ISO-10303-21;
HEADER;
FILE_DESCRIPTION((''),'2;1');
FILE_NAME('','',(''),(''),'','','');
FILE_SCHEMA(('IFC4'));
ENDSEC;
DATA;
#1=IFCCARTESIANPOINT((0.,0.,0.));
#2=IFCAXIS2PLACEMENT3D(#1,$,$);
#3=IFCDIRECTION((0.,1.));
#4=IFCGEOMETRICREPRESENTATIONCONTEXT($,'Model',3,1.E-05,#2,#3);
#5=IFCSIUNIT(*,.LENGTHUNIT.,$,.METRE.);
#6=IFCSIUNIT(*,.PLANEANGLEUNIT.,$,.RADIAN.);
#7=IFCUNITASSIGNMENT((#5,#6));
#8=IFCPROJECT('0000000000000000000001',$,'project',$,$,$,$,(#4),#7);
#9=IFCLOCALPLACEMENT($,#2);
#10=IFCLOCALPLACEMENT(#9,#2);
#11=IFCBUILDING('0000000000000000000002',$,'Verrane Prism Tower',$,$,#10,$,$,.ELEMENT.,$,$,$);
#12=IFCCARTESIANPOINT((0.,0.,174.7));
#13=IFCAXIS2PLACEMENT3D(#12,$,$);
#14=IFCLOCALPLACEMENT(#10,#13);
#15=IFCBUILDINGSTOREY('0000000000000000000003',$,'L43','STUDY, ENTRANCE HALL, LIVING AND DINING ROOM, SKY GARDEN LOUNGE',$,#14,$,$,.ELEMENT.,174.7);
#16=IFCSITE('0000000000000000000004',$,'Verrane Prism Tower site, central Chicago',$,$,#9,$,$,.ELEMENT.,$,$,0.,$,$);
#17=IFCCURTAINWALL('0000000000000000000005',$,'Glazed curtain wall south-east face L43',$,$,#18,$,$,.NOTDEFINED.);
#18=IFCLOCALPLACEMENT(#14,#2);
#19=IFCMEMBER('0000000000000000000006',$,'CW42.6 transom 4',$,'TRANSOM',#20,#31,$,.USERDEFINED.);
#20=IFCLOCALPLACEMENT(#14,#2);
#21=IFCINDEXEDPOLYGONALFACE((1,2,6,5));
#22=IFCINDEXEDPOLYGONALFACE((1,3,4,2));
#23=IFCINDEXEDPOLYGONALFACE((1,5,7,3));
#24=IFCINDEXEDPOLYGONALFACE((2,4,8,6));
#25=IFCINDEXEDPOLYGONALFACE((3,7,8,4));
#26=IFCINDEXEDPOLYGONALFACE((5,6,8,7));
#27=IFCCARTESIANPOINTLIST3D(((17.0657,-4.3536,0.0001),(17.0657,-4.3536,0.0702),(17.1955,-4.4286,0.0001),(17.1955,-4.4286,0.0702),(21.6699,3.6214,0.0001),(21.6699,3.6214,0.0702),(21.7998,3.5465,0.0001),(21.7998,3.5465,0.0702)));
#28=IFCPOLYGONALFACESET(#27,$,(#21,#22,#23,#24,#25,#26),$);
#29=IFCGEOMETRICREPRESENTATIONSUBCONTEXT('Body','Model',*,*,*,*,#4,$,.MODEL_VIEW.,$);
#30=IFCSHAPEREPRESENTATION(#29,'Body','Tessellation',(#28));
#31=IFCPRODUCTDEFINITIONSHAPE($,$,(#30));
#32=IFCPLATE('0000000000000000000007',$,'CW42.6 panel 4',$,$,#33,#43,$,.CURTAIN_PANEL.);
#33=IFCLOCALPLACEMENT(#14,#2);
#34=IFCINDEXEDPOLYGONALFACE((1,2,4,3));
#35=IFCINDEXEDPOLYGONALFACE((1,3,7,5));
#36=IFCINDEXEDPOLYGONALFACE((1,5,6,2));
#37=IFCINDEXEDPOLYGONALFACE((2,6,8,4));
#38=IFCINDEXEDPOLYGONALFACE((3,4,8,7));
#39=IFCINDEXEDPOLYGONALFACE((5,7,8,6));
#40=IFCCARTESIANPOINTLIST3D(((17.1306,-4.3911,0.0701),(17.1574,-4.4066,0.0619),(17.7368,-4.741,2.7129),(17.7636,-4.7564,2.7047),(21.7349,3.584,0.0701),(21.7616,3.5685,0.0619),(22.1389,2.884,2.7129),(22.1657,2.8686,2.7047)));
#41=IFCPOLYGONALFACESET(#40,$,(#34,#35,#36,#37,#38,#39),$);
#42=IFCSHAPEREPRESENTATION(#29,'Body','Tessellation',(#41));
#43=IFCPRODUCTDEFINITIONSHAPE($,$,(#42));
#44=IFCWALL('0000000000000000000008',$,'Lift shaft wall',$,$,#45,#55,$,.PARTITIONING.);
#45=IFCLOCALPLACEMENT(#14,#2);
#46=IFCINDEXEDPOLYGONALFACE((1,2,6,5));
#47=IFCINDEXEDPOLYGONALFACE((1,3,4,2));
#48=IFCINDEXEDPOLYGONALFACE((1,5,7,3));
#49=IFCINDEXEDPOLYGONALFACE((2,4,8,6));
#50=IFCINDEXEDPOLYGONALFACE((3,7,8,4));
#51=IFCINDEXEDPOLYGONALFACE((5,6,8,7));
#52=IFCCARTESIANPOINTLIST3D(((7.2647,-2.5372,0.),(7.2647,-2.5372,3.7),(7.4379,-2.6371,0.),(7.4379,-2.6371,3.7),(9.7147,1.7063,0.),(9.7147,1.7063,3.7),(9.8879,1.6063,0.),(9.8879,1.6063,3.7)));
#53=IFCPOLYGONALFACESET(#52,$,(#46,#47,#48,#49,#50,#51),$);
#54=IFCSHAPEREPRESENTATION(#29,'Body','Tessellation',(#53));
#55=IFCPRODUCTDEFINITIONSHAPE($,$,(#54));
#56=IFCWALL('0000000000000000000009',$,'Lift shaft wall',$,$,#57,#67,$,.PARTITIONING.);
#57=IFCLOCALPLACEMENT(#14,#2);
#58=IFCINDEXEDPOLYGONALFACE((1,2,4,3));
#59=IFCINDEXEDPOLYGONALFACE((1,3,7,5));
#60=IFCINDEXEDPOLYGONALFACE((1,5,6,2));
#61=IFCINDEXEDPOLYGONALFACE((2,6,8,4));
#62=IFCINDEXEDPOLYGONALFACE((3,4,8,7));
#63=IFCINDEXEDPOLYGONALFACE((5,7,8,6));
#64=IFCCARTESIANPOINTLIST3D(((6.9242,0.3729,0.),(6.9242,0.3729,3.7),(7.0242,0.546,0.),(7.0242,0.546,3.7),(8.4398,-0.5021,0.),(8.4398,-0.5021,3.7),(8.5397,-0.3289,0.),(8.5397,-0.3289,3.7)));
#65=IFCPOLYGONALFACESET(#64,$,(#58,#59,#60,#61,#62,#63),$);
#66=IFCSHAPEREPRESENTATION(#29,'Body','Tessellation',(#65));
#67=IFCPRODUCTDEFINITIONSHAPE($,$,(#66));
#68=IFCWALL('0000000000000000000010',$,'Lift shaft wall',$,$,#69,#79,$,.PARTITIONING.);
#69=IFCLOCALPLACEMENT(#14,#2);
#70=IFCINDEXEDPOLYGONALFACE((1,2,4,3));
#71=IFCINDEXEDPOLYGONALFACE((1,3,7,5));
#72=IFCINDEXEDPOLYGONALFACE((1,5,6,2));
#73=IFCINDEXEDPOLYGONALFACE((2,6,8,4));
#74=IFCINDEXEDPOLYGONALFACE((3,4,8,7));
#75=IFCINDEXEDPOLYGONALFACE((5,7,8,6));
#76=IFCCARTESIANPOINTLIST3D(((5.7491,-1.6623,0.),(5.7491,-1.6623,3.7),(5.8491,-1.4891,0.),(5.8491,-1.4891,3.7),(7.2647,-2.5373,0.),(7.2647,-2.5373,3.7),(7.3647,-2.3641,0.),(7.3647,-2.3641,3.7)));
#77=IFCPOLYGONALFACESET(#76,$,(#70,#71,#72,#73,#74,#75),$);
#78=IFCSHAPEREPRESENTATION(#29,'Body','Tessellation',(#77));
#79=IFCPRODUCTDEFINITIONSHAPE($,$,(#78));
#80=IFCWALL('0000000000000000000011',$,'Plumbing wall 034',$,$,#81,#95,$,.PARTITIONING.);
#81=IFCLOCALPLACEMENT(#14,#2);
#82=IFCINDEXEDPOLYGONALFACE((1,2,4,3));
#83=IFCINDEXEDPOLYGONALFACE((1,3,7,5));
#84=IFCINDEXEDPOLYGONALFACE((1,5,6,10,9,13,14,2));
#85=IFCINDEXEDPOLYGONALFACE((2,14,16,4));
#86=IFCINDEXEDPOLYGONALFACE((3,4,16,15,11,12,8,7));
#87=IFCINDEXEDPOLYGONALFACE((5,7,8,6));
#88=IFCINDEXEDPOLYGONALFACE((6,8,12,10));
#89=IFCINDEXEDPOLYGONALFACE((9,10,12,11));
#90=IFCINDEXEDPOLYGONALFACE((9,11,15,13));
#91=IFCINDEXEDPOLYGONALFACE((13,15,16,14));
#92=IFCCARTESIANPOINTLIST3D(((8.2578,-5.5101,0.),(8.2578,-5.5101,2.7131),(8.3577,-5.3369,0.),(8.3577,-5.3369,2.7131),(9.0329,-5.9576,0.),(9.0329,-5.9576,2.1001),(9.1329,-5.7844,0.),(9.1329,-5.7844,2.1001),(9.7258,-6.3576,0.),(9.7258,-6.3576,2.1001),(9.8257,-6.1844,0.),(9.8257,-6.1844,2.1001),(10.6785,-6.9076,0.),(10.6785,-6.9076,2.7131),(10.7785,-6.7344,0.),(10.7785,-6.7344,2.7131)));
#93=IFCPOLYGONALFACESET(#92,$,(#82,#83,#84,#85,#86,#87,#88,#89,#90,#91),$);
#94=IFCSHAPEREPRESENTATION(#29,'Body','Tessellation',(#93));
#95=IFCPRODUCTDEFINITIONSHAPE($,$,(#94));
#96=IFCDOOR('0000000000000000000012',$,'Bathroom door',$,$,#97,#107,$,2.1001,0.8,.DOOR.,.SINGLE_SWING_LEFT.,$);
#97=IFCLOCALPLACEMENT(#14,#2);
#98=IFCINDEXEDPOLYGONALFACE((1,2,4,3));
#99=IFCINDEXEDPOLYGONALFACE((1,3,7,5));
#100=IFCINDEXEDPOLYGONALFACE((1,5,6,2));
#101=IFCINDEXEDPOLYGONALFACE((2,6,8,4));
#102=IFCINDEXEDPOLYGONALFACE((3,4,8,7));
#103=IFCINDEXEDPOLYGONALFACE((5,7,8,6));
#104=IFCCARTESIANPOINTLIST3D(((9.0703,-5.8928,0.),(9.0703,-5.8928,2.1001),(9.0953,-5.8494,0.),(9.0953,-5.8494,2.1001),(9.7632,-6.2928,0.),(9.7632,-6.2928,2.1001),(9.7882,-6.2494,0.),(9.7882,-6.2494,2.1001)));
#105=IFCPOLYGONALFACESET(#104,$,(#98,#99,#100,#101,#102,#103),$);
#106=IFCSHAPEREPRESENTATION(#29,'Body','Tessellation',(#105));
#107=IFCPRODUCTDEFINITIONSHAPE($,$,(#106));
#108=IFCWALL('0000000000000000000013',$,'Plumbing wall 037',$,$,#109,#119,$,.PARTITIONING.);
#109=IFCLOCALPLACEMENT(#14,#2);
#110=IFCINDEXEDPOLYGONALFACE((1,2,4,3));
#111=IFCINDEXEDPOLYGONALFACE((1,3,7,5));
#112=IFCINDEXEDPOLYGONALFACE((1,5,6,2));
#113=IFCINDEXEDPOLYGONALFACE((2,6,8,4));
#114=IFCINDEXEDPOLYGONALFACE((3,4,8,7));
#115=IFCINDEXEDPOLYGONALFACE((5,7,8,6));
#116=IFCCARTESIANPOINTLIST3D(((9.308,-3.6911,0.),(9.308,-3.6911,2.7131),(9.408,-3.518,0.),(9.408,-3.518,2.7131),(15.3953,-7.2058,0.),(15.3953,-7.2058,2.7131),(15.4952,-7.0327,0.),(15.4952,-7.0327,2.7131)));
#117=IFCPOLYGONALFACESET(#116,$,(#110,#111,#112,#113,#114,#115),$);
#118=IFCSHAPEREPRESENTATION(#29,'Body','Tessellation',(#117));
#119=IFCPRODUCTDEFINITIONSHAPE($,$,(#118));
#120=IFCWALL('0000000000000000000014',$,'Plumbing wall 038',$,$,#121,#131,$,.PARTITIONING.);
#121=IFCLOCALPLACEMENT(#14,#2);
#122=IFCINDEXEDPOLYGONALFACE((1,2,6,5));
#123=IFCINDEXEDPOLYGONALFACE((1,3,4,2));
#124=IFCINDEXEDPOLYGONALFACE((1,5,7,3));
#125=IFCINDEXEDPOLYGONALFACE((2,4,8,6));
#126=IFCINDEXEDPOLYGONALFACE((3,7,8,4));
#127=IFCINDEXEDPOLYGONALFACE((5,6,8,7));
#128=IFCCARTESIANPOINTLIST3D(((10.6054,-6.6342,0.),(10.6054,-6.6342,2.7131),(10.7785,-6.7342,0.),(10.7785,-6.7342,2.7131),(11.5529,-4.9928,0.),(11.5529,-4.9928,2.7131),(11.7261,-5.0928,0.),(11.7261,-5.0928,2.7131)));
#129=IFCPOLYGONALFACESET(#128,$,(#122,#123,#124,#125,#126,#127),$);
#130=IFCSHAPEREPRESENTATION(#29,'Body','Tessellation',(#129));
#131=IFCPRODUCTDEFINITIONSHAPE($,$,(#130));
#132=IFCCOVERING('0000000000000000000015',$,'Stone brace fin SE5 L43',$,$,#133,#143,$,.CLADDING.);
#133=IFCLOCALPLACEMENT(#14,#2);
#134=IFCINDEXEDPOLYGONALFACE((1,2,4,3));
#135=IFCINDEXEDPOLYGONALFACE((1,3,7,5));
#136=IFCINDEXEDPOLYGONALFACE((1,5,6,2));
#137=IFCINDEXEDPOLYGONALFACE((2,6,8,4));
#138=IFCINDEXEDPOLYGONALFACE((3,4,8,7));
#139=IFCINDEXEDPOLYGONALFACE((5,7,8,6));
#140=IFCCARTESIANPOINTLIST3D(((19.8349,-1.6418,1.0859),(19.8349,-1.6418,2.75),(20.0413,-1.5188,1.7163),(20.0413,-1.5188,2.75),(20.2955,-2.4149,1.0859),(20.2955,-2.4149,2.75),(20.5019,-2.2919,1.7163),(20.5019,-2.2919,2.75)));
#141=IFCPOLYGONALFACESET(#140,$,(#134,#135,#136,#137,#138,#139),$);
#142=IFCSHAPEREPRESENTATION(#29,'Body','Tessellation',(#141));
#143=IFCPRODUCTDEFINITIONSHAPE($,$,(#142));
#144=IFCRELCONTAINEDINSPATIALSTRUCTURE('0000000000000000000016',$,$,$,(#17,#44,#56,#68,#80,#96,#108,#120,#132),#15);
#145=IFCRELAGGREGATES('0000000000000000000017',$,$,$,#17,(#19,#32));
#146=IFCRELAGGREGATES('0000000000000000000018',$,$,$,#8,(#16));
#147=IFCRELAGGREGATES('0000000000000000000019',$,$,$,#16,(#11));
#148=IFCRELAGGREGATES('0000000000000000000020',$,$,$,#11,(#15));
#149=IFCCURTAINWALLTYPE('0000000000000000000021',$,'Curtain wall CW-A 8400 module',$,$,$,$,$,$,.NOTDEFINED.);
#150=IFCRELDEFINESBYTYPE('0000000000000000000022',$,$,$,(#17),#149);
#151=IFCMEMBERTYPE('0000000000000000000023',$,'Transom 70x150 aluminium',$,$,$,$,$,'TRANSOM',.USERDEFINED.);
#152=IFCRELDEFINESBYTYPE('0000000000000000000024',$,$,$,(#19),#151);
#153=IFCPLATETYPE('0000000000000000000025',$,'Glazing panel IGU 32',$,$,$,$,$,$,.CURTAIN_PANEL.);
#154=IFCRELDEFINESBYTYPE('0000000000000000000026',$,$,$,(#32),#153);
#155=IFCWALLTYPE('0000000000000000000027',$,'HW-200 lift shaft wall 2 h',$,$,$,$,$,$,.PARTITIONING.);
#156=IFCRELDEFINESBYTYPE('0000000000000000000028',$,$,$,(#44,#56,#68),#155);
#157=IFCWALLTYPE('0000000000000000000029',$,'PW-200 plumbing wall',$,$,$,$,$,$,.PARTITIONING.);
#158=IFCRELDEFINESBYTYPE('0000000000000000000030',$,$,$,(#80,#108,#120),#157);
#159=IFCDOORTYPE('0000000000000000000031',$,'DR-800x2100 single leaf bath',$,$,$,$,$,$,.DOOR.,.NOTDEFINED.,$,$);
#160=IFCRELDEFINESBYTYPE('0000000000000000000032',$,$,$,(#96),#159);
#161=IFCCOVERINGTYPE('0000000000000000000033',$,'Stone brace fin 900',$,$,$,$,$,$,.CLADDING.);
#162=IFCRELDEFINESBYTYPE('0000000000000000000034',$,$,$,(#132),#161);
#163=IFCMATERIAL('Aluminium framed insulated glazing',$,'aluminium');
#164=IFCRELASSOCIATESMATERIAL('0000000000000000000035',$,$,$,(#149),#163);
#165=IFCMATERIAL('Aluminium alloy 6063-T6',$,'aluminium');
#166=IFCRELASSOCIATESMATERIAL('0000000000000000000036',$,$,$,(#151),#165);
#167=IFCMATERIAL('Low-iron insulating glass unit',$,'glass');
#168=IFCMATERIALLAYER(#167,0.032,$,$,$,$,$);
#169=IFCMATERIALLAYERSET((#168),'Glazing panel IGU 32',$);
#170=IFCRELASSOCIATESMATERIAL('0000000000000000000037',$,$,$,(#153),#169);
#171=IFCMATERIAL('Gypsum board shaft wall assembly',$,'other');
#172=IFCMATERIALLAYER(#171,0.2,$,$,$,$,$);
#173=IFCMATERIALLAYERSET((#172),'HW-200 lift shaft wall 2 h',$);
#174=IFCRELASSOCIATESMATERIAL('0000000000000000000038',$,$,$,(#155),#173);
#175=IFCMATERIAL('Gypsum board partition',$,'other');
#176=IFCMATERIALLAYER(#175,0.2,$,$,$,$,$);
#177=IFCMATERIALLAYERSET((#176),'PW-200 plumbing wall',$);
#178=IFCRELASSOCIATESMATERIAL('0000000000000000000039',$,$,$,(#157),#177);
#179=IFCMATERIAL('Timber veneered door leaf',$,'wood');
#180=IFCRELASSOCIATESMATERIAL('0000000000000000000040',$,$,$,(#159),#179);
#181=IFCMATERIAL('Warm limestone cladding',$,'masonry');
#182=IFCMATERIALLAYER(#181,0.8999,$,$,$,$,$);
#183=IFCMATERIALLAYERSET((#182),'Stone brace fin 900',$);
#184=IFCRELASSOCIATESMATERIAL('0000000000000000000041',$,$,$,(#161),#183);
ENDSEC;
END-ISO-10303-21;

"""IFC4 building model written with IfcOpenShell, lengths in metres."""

from ifc_helpers import new_model, si_unit, direction, frame, frame_2d, origin, origin_2d, place, context, subcontext, project, spatial, polyline, rectangle, outline, extrude, material, layer, layer_set, material_profile, profile_set, type_object, element, fill, aggregate, save


model = new_model("IFC4")

# Units and contexts
model_context = context("Model", 3, precision=1e-05, world=origin(), true_north=direction((0.0, 1.0)))
body_context = subcontext(model_context, "Body", "Model", "MODEL_VIEW")
ifc_project = project(units=[si_unit("LENGTHUNIT", "METRE"), si_unit("PLANEANGLEUNIT", "RADIAN")], contexts=[model_context])

# Site, building, storey
site_placement = place(None, origin())
site = spatial("IfcSite", under=ifc_project, at=site_placement, Name="Verrane Prism Tower site, central Chicago", CompositionType="ELEMENT", RefElevation=0.0)
building_placement = place(site_placement, origin())
building = spatial("IfcBuilding", under=site, at=building_placement, Name="Verrane Prism Tower", CompositionType="ELEMENT")
storey_placement = place(building_placement, frame((0.0, 0.0, 174.7)))
storey = spatial("IfcBuildingStorey", under=building, at=storey_placement, Name="L43", Description="STUDY, ENTRANCE HALL, LIVING AND DINING ROOM, SKY GARDEN LOUNGE", CompositionType="ELEMENT", Elevation=174.7)

# Curtain wall
ifc_material_1 = material(Name="Aluminium framed insulated glazing", Category="aluminium")
curtain_wall_type = type_object("IfcCurtainWallType", Name="Curtain wall CW-A 8400 module", PredefinedType="NOTDEFINED", material=ifc_material_1)
curtain_wall_placement = place(storey_placement, origin())
curtain_wall = element("IfcCurtainWall", 1, at=curtain_wall_placement, inside=storey, type_object=curtain_wall_type, Name="Glazed curtain wall south-east face L43", PredefinedType="NOTDEFINED")

# Member
ifc_material_2 = material(Name="Aluminium alloy 6063-T6", Category="aluminium")
ifc_material_profile_1 = material_profile(ifc_material_2, rectangle(XDim=0.1499, YDim=0.0701, at=origin_2d()), Name="Transom 70x150 aluminium")
ifc_profile_set_1 = profile_set([ifc_material_profile_1], Name="Aluminium alloy 6063-T6")
member_type_1 = type_object("IfcMemberType", Name="Transom 70x150 aluminium", ElementType="TRANSOM", PredefinedType="USERDEFINED", material=ifc_profile_set_1)
member_1_placement = place(storey_placement, frame((17.1306, -4.3911, 0.0352), z_axis=(0.499986, 0.866034, 0.0), x_axis=(-0.866034, 0.499986, 0.0)))
member_1 = element("IfcMember", 2, at=member_1_placement, type_object=member_type_1, Name="CW42.6 transom 4", ObjectType="TRANSOM", PredefinedType="USERDEFINED", context=body_context, shape_type="SweptSolid", body=[
    extrude(rectangle(XDim=0.1499, YDim=0.0701, at=origin_2d()), origin(), (0.0, 0.0, 1.0), 9.2087),
])

# Plate
ifc_material_3 = material(Name="Low-iron insulating glass unit", Category="glass")
ifc_layer_1 = layer(ifc_material_3, 0.032)
ifc_layer_set_1 = layer_set([ifc_layer_1], Name="Glazing panel IGU 32")
plate_type = type_object("IfcPlateType", Name="Glazing panel IGU 32", PredefinedType="CURTAIN_PANEL", material=ifc_layer_set_1)
plate_placement = place(storey_placement, frame((17.1306, -4.3911, 0.0701), z_axis=(-0.837174, 0.483323, 0.256005), x_axis=(0.499985, 0.866034, 0.0)))
plate = element("IfcPlate", 3, at=plate_placement, type_object=plate_type, Name="CW42.6 panel 4", PredefinedType="CURTAIN_PANEL", context=body_context, shape_type="SweptSolid", body=[
    extrude(outline(polyline([(0.0, 0.0), (9.2088, 0.0), (8.8046, -2.7339), (0.0001, -2.7339), (0.0, 0.0)])), origin(), (0.0, 0.0, -1.0), 0.032),
])
aggregate(curtain_wall, [member_1, plate])

# Walls
ifc_material_4 = material(Name="Gypsum board shaft wall assembly", Category="other")
ifc_layer_2 = layer(ifc_material_4, 0.2)
ifc_layer_set_2 = layer_set([ifc_layer_2], Name="HW-200 lift shaft wall 2 h")
wall_type_1 = type_object("IfcWallType", Name="HW-200 lift shaft wall 2 h", PredefinedType="PARTITIONING", material=ifc_layer_set_2)
wall_1_placement = place(storey_placement, frame((7.3513, -2.5872, 0.0), z_axis=(0.0, 0.0, 1.0), x_axis=(0.500003, 0.866024, 0.0)))
element("IfcWall", 4, at=wall_1_placement, inside=storey, type_object=wall_type_1, Name="Lift shaft wall", PredefinedType="PARTITIONING", context=body_context, shape_type="SweptSolid", body=[
    extrude(rectangle(XDim=4.8999, YDim=0.2, at=frame_2d((2.45, 0.0))), origin(), (0.0, 0.0, 1.0), 3.7),
])
for number, where, z_axis, x_axis, name in (
    (5, (8.4897, -0.4155, 0.0), (0.0, 0.0, 1.0), (-0.866037, 0.49998, 0.0), "Lift shaft wall"),
    (6, (7.3147, -2.4507, 0.0), (0.0, 0.0, 1.0), (-0.866037, 0.49998, 0.0), "Lift shaft wall"),
):
    element("IfcWall", number, at=place(storey_placement, frame(where, z_axis=z_axis, x_axis=x_axis)), inside=storey, type_object=wall_type_1, Name=name, PredefinedType="PARTITIONING", context=body_context, shape_type="SweptSolid", body=[
        extrude(rectangle(XDim=1.75, YDim=0.2, at=frame_2d((0.875, 0.0))), origin(), (0.0, 0.0, 1.0), 3.7),
    ])

# Wall, opening, door
ifc_material_5 = material(Name="Gypsum board partition", Category="other")
ifc_layer_3 = layer(ifc_material_5, 0.2)
ifc_layer_set_3 = layer_set([ifc_layer_3], Name="PW-200 plumbing wall")
wall_type_2 = type_object("IfcWallType", Name="PW-200 plumbing wall", PredefinedType="PARTITIONING", material=ifc_layer_set_3)
wall_2_placement = place(storey_placement, frame((8.3079, -5.4236, 0.0), z_axis=(0.0, 0.0, 1.0), x_axis=(0.866042, -0.499972, 0.0)))
wall_2 = element("IfcWall", 7, at=wall_2_placement, inside=storey, type_object=wall_type_2, Name="Plumbing wall 034", PredefinedType="PARTITIONING", context=body_context, shape_type="SweptSolid", body=[
    extrude(rectangle(XDim=2.7952, YDim=0.2, at=frame_2d((1.3975, 0.0))), origin(), (0.0, 0.0, 1.0), 2.7131),
])
opening_placement = place(wall_2_placement, frame((0.895, 0.0, 0.0)))
opening = element("IfcOpeningElement", 8, at=opening_placement, cuts=wall_2, PredefinedType="OPENING", context=body_context, shape_type="SweptSolid", body=[
    extrude(rectangle(XDim=0.8, YDim=2.1001, at=frame_2d((0.3999, 1.05))), frame((0.0, 0.1099, 0.0), z_axis=(0.0, -1.0, 0.0), x_axis=(1.0, 0.0, 0.0)), (0.0, 0.0, 1.0), 0.22),
])
ifc_material_6 = material(Name="Timber veneered door leaf", Category="wood")
door_type = type_object("IfcDoorType", Name="DR-800x2100 single leaf bath", OperationType="NOTDEFINED", PredefinedType="DOOR", material=ifc_material_6)
door_placement = place(opening_placement, origin())
door = element("IfcDoor", 9, at=door_placement, inside=storey, type_object=door_type, Name="Bathroom door", OperationType="SINGLE_SWING_LEFT", OverallHeight=2.1001, OverallWidth=0.8, PredefinedType="DOOR", context=body_context, shape_type="SweptSolid", body=[
    extrude(rectangle(XDim=0.8, YDim=2.1001, at=frame_2d((0.3999, 1.05))), frame((0.0, 0.0249, 0.0), z_axis=(0.0, -1.0, 0.0), x_axis=(1.0, 0.0, 0.0)), (0.0, 0.0, 1.0), 0.05),
])
fill(opening, door)

# Walls
wall_3_placement = place(storey_placement, frame((9.3579, -3.6045, 0.0), z_axis=(0.0, 0.0, 1.0), x_axis=(0.866011, -0.500024, 0.0)))
element("IfcWall", 10, at=wall_3_placement, inside=storey, type_object=wall_type_2, Name="Plumbing wall 037", PredefinedType="PARTITIONING", context=body_context, shape_type="SweptSolid", body=[
    extrude(rectangle(XDim=7.0291, YDim=0.2, at=frame_2d((3.5146, 0.0))), origin(), (0.0, 0.0, 1.0), 2.7131),
])
wall_4_placement = place(storey_placement, frame((10.6919, -6.6843, 0.0), z_axis=(0.0, 0.0, 1.0), x_axis=(0.499949, 0.866055, 0.0)))
element("IfcWall", 11, at=wall_4_placement, inside=storey, type_object=wall_type_2, Name="Plumbing wall 038", PredefinedType="PARTITIONING", context=body_context, shape_type="SweptSolid", body=[
    extrude(rectangle(XDim=1.8953, YDim=0.2, at=frame_2d((0.9478, 0.0))), origin(), (0.0, 0.0, 1.0), 2.7131),
])

# Covering
ifc_material_7 = material(Name="Warm limestone cladding", Category="masonry")
ifc_layer_4 = layer(ifc_material_7, 0.8999)
ifc_layer_set_4 = layer_set([ifc_layer_4], Name="Stone brace fin 900")
covering_type = type_object("IfcCoveringType", Name="Stone brace fin 900", PredefinedType="CLADDING", material=ifc_layer_set_4)
covering_placement = place(storey_placement, frame((20.0652, -2.0283, 1.0859), z_axis=(0.0, 0.0, 1.0), x_axis=(0.859102, 0.511805, 0.0)))
element("IfcCovering", 12, at=covering_placement, inside=storey, type_object=covering_type, Name="Stone brace fin SE5 L43", PredefinedType="CLADDING", context=body_context, shape_type="SweptSolid", body=[
    extrude(outline(polyline([(0.2402, 1.6641), (0.0, 1.6641), (0.0, 0.0), (0.2402, 0.6304), (0.2402, 1.6641)])), frame((0.0, 0.45, 0.0), z_axis=(0.0, -1.0, 0.0), x_axis=(1.0, 0.0, 0.0)), (0.0, 0.0, 1.0), 0.8999),
])

save(model, "model.ifc")
